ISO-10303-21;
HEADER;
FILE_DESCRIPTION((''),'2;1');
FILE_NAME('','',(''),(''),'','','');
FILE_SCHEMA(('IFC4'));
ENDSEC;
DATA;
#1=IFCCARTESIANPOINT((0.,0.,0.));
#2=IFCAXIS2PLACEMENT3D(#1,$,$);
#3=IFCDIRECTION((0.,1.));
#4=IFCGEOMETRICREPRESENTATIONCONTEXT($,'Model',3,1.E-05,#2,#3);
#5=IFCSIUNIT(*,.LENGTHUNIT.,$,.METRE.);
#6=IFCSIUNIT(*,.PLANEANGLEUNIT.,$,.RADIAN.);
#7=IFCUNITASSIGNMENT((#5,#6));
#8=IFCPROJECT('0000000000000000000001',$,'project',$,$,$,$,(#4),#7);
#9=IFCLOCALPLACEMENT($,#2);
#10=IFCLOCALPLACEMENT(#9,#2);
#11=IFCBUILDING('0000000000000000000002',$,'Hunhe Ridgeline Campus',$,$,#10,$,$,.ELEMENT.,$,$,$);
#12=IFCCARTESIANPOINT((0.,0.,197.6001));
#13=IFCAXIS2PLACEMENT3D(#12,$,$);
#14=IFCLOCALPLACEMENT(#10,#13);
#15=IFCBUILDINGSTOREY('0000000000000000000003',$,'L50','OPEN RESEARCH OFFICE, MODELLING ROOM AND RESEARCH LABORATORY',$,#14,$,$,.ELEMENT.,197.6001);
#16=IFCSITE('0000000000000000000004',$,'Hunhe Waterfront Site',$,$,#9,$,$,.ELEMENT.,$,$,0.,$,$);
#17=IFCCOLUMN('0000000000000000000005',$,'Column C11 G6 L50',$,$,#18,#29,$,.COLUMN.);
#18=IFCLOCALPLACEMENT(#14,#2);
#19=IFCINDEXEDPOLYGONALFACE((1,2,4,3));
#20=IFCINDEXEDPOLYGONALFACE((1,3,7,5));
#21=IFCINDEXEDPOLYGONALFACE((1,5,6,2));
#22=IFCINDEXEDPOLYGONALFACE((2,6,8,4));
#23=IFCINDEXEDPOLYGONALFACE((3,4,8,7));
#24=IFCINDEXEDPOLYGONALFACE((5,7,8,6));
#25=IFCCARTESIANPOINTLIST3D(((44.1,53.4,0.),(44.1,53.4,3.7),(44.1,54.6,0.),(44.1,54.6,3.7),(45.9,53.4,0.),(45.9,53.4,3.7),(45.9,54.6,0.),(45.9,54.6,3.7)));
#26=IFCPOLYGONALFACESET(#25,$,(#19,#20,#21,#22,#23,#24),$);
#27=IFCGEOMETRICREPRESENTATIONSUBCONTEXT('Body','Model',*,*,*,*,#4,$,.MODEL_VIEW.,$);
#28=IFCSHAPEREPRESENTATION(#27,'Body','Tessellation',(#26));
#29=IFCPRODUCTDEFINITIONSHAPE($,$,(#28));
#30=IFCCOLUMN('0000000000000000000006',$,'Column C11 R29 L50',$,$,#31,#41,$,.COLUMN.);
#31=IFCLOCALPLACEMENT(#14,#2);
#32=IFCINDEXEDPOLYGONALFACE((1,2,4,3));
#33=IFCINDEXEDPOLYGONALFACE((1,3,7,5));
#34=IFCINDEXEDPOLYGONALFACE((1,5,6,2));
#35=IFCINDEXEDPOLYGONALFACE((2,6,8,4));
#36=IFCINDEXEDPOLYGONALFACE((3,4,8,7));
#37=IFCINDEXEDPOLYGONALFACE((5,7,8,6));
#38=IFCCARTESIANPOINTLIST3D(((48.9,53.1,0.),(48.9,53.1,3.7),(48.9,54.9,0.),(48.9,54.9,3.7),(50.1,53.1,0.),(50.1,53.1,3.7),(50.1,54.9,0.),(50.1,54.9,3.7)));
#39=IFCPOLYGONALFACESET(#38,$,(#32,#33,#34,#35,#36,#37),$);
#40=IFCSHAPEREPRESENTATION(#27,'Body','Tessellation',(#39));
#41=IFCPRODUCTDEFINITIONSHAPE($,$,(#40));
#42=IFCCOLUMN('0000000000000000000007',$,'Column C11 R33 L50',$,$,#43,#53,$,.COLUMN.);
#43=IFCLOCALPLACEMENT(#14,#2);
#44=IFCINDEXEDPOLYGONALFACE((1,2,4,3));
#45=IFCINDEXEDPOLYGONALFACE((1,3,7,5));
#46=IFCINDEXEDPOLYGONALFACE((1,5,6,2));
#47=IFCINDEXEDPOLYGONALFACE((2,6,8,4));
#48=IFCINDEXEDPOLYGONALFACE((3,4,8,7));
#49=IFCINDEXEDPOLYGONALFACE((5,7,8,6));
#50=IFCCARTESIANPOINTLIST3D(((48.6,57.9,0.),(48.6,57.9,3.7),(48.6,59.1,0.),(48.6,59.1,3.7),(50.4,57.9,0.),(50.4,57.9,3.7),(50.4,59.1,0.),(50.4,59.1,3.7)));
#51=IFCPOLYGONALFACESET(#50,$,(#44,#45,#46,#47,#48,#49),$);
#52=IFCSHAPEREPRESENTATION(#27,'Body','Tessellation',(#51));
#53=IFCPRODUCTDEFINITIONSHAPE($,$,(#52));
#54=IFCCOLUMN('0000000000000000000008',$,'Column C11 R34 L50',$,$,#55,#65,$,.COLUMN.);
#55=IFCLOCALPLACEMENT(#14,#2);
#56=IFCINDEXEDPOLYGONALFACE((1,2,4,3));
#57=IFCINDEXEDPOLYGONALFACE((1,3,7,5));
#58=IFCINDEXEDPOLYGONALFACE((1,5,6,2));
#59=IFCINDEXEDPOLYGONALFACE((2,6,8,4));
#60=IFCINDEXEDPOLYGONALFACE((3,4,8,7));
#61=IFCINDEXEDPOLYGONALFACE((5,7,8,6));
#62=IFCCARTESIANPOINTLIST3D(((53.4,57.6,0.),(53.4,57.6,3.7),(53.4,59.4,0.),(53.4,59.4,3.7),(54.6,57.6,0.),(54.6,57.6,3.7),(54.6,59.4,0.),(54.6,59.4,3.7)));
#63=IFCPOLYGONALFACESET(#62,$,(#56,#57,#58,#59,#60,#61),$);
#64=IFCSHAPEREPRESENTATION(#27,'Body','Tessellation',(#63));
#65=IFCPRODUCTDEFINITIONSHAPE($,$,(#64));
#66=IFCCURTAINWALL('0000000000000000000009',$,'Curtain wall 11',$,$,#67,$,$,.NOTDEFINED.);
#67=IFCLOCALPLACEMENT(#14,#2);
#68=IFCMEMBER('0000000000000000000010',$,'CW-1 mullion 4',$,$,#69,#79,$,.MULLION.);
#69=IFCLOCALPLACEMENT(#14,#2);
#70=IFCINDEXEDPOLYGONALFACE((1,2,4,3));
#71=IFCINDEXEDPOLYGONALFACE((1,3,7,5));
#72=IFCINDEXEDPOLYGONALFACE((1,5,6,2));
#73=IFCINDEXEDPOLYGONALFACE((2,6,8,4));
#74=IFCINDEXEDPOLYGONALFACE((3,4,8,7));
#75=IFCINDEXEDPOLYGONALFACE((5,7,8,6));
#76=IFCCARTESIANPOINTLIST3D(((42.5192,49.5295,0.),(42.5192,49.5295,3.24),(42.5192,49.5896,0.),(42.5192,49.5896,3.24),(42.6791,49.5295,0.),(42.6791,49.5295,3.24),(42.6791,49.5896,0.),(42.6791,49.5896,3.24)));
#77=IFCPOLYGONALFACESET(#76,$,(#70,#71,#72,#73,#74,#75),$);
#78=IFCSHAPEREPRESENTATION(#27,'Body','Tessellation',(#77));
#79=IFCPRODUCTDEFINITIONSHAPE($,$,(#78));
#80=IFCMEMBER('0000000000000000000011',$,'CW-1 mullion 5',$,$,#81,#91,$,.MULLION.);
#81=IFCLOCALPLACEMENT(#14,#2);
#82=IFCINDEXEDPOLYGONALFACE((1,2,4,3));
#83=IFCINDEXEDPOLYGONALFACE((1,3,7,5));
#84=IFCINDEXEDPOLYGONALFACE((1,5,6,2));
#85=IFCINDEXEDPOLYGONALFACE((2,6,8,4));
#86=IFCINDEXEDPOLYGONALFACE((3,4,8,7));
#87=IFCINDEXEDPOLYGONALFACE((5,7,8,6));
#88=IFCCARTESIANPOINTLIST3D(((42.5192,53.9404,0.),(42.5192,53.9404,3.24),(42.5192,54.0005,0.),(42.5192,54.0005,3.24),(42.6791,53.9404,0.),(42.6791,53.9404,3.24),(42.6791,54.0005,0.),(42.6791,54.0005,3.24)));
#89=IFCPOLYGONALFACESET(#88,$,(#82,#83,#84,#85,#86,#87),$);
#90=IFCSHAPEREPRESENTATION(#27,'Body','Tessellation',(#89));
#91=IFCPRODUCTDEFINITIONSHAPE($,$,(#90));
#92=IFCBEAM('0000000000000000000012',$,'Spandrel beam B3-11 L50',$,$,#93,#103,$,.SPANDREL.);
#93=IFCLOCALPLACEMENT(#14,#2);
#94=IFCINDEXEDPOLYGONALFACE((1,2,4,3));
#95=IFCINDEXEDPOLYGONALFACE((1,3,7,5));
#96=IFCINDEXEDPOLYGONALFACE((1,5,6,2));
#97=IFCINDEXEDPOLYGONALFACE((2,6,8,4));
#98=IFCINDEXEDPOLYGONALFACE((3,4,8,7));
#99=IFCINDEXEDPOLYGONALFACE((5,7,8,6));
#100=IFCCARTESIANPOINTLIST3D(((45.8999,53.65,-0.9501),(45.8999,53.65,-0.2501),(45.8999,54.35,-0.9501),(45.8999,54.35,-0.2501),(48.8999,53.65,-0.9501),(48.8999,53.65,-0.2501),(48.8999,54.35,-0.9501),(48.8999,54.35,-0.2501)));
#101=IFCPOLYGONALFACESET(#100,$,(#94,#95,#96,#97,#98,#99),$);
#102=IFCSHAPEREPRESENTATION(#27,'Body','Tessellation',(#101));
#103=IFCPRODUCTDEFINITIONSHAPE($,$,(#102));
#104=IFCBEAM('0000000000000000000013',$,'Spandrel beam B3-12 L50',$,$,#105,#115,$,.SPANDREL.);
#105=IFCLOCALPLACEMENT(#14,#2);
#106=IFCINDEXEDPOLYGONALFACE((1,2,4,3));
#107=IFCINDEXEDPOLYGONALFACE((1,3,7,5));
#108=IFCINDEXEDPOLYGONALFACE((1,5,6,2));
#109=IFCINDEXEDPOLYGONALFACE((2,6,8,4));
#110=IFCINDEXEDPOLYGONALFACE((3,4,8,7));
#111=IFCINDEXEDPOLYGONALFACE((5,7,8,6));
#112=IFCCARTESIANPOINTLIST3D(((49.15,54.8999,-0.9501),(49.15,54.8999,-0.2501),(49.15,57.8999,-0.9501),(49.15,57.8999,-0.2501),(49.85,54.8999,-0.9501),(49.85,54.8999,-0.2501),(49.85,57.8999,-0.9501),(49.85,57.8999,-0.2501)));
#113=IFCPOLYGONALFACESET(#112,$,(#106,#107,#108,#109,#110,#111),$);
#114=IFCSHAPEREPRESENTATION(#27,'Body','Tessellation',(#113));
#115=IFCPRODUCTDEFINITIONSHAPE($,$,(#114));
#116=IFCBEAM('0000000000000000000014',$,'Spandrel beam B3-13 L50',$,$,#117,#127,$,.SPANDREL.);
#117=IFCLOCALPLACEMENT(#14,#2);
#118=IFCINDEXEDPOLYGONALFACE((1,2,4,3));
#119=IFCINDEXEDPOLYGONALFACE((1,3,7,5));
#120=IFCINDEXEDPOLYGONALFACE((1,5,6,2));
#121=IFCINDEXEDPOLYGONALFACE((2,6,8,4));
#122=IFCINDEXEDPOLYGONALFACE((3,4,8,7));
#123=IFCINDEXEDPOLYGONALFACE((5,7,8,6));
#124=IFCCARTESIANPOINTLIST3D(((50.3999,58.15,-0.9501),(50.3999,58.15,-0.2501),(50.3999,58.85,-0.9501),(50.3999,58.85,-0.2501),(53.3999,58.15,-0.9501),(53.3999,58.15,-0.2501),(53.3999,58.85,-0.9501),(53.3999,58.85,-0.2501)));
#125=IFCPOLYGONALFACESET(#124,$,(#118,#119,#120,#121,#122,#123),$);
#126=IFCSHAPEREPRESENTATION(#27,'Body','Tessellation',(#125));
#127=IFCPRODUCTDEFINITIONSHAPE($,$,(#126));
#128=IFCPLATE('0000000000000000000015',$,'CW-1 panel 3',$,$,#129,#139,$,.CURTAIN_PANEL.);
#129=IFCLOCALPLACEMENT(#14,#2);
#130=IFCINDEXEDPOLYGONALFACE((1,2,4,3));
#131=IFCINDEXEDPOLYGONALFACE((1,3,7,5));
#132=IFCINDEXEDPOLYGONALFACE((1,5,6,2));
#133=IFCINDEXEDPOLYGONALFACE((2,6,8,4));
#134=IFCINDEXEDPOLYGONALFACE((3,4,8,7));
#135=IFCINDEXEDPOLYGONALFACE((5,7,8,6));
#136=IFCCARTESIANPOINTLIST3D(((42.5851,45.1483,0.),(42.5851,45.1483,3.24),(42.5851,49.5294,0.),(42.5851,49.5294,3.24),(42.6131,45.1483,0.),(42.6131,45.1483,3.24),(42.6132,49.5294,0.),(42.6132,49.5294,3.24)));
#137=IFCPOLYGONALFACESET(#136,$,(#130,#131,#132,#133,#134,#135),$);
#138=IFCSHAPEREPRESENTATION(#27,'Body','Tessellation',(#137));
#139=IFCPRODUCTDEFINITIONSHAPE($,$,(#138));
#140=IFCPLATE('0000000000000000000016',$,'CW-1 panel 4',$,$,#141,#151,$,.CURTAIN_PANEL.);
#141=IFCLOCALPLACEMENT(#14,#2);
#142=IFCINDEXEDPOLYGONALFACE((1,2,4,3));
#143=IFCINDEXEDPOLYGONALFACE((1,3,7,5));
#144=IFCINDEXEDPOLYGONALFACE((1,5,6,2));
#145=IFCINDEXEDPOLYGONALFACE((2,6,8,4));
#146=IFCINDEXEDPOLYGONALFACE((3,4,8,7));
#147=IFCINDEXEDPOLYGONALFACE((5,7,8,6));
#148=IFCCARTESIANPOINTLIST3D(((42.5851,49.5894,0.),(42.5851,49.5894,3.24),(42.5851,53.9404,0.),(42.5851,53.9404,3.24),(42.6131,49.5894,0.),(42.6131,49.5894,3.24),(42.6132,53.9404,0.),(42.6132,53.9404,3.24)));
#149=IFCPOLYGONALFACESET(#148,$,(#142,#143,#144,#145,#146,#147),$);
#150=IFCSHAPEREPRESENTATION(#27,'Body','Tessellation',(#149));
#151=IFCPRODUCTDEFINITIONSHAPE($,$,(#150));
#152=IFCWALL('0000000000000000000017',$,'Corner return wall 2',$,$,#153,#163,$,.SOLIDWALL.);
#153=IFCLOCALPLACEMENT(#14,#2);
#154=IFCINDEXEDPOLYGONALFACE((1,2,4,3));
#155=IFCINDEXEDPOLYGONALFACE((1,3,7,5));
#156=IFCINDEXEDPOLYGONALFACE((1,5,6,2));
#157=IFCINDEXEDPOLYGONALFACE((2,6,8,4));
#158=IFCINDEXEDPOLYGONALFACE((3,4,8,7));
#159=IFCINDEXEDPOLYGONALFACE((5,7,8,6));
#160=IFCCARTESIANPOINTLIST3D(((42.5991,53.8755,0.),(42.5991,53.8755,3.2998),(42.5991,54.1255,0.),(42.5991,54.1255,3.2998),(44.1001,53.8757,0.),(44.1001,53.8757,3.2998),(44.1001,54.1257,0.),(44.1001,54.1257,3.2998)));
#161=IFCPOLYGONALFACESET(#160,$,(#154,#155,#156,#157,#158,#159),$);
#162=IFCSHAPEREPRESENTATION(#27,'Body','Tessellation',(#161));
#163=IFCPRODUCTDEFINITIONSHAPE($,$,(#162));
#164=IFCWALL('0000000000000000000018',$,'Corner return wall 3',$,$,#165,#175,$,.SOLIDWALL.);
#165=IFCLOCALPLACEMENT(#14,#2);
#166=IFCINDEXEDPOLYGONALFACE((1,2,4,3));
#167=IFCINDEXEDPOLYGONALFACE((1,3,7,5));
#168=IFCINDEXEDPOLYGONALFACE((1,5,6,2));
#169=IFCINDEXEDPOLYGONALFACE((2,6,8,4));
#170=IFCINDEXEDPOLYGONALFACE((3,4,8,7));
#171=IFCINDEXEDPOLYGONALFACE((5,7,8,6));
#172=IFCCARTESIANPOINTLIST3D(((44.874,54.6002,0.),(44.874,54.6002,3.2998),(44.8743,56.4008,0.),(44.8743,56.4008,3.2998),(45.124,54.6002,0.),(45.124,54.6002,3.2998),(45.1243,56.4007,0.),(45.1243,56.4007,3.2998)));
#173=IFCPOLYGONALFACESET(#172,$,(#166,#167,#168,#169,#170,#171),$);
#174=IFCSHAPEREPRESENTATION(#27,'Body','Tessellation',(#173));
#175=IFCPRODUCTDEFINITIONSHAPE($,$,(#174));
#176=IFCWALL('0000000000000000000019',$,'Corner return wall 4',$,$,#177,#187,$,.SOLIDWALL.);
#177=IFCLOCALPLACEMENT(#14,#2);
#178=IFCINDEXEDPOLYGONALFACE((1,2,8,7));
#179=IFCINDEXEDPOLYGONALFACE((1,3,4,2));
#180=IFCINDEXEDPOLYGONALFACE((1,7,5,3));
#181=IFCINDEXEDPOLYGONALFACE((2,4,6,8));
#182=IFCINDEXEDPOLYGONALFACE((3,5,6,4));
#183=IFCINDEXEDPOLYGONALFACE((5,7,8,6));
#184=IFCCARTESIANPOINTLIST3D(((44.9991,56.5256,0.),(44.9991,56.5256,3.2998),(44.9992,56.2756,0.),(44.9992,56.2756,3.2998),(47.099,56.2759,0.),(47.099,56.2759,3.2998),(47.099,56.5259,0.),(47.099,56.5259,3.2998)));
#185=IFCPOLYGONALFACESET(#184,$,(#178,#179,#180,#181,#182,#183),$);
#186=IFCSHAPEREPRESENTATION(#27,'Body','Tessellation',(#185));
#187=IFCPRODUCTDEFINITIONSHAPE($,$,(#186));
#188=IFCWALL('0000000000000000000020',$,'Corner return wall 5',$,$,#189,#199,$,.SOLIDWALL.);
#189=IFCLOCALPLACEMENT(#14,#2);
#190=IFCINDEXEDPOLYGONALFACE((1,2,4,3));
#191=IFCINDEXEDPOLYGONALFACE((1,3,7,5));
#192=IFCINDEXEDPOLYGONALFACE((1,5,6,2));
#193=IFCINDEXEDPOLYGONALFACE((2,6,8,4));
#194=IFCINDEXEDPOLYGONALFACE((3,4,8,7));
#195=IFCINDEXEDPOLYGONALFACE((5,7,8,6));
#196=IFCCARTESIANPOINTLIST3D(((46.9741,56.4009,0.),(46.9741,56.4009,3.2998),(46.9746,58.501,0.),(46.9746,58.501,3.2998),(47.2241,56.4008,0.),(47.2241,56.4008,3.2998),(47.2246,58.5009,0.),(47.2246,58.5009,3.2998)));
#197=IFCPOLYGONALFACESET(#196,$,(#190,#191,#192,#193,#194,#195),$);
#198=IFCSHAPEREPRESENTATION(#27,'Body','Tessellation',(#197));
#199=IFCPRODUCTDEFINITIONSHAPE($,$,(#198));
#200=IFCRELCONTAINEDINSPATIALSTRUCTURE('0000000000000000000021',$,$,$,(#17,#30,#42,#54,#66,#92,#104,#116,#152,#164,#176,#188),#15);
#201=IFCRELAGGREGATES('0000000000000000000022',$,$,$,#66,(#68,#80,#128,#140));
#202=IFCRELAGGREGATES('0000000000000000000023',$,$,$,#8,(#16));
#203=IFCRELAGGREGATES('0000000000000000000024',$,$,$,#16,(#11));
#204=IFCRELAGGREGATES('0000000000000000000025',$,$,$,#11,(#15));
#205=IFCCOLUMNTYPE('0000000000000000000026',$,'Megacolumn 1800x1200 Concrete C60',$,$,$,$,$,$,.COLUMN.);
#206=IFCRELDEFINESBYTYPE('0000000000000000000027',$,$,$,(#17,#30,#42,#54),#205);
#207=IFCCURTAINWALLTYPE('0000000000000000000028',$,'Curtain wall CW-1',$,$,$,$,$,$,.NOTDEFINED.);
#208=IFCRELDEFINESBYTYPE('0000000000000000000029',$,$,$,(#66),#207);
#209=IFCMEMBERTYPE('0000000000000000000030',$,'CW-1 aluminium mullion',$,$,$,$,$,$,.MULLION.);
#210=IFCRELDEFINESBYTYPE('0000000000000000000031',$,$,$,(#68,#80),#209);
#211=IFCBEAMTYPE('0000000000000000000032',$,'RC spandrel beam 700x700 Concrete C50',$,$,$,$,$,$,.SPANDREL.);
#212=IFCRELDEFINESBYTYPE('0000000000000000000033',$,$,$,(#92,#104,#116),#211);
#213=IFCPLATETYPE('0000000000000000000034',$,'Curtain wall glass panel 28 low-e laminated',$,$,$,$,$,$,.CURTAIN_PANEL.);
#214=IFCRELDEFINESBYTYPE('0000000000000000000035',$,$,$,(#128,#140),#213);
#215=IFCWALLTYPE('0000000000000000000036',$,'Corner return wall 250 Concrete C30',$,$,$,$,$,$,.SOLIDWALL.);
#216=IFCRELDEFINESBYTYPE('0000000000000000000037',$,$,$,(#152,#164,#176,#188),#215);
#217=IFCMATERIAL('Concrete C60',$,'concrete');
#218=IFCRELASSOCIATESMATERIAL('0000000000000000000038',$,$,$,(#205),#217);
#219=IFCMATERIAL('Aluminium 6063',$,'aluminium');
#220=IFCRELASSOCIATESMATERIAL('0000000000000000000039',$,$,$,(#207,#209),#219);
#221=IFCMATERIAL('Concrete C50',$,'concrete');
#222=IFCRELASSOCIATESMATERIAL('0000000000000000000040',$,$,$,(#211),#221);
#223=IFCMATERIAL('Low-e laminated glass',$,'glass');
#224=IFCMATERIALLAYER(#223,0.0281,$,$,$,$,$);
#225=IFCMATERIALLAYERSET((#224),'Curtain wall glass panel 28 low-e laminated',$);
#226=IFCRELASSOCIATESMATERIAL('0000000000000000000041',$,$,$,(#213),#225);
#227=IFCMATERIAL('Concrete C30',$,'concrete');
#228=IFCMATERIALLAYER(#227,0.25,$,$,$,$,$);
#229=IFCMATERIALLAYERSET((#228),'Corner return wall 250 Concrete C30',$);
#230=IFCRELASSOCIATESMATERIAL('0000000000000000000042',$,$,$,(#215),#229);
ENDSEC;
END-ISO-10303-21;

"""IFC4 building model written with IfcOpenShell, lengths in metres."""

from ifc_helpers import new_model, si_unit, direction, frame, frame_2d, origin, origin_2d, place, context, subcontext, project, spatial, rectangle, extrude, material, layer, layer_set, material_profile, profile_set, type_object, element, aggregate, save


model = new_model("IFC4")

# Units and contexts
model_context = context("Model", 3, precision=1e-05, world=origin(), true_north=direction((0.0, 1.0)))
body_context = subcontext(model_context, "Body", "Model", "MODEL_VIEW")
ifc_project = project(units=[si_unit("LENGTHUNIT", "METRE"), si_unit("PLANEANGLEUNIT", "RADIAN")], contexts=[model_context])

# Site, building, storey
site_placement = place(None, origin())
site = spatial("IfcSite", under=ifc_project, at=site_placement, Name="Hunhe Waterfront Site", CompositionType="ELEMENT", RefElevation=0.0)
building_placement = place(site_placement, origin())
building = spatial("IfcBuilding", under=site, at=building_placement, Name="Hunhe Ridgeline Campus", CompositionType="ELEMENT")
storey_placement = place(building_placement, frame((0.0, 0.0, 197.6001)))
storey = spatial("IfcBuildingStorey", under=building, at=storey_placement, Name="L50", Description="OPEN RESEARCH OFFICE, MODELLING ROOM AND RESEARCH LABORATORY", CompositionType="ELEMENT", Elevation=197.6001)

# Columns
ifc_material_1 = material(Name="Concrete C60", Category="concrete")
ifc_material_profile_1 = material_profile(ifc_material_1, rectangle(XDim=1.8, YDim=1.2, at=origin_2d()))
ifc_profile_set_1 = profile_set([ifc_material_profile_1], Name="Concrete C60")
column_type = type_object("IfcColumnType", Name="Megacolumn 1800x1200 Concrete C60", PredefinedType="COLUMN", material=ifc_profile_set_1)
for number, where, z_axis, x_axis, name in (
    (1, (45.0, 54.0, 0.0), (0.0, 0.0, 1.0), (1.0, 0.0, 0.0), "Column C11 G6 L50"),
    (2, (49.5, 54.0, 0.0), (0.0, 0.0, 1.0), (0.0, 1.0, 0.0), "Column C11 R29 L50"),
    (3, (49.5, 58.5, 0.0), (0.0, 0.0, 1.0), (1.0, 0.0, 0.0), "Column C11 R33 L50"),
    (4, (54.0, 58.5, 0.0), (0.0, 0.0, 1.0), (0.0, 1.0, 0.0), "Column C11 R34 L50"),
):
    element("IfcColumn", number, at=place(storey_placement, frame(where, z_axis=z_axis, x_axis=x_axis)), inside=storey, type_object=column_type, Name=name, PredefinedType="COLUMN", context=body_context, shape_type="SweptSolid", body=[
        extrude(rectangle(XDim=1.8, YDim=1.2, at=origin_2d()), origin(), (0.0, 0.0, 1.0), 3.7),
    ])

# Curtain wall, members
ifc_material_2 = material(Name="Aluminium 6063", Category="aluminium")
curtain_wall_type = type_object("IfcCurtainWallType", Name="Curtain wall CW-1", PredefinedType="NOTDEFINED", material=ifc_material_2)
curtain_wall_placement = place(storey_placement, origin())
curtain_wall = element("IfcCurtainWall", 5, at=curtain_wall_placement, inside=storey, type_object=curtain_wall_type, Name="Curtain wall 11", PredefinedType="NOTDEFINED")
ifc_material_profile_2 = material_profile(ifc_material_2, rectangle(XDim=0.1599, YDim=0.0601, at=origin_2d()))
ifc_profile_set_2 = profile_set([ifc_material_profile_2], Name="Aluminium 6063")
member_type = type_object("IfcMemberType", Name="CW-1 aluminium mullion", PredefinedType="MULLION", material=ifc_profile_set_2)
member_1_placement = place(storey_placement, frame((42.5991, 49.5596, 0.0), z_axis=(0.0, 0.0, 1.0), x_axis=(-1.0, 0.000007, 0.0)))
member_1 = element("IfcMember", 6, at=member_1_placement, type_object=member_type, Name="CW-1 mullion 4", PredefinedType="MULLION", context=body_context, shape_type="SweptSolid", body=[
    extrude(rectangle(XDim=0.1599, YDim=0.0601, at=origin_2d()), origin(), (0.0, 0.0, 1.0), 3.24),
])
member_2_placement = place(storey_placement, frame((42.5991, 53.9705, 0.0), z_axis=(0.0, 0.0, 1.0), x_axis=(-1.0, 0.000007, 0.0)))
member_2 = element("IfcMember", 7, at=member_2_placement, type_object=member_type, Name="CW-1 mullion 5", PredefinedType="MULLION", context=body_context, shape_type="SweptSolid", body=[
    extrude(rectangle(XDim=0.1599, YDim=0.0601, at=origin_2d()), origin(), (0.0, 0.0, 1.0), 3.24),
])

# Beams
ifc_material_3 = material(Name="Concrete C50", Category="concrete")
ifc_material_profile_3 = material_profile(ifc_material_3, rectangle(XDim=0.7, YDim=0.7, at=origin_2d()))
ifc_profile_set_3 = profile_set([ifc_material_profile_3], Name="Concrete C50")
beam_type = type_object("IfcBeamType", Name="RC spandrel beam 700x700 Concrete C50", PredefinedType="SPANDREL", material=ifc_profile_set_3)
for number, where, z_axis, x_axis, name in (
    (8, (45.8999, 54.0, -0.6001), (1.0, 0.0, 0.0), (0.0, 1.0, 0.0), "Spandrel beam B3-11 L50"),
    (9, (49.5, 54.8999, -0.6001), (0.0, 1.0, 0.0), (-1.0, 0.0, 0.0), "Spandrel beam B3-12 L50"),
    (10, (50.3999, 58.5, -0.6001), (1.0, 0.0, 0.0), (0.0, 1.0, 0.0), "Spandrel beam B3-13 L50"),
):
    element("IfcBeam", number, at=place(storey_placement, frame(where, z_axis=z_axis, x_axis=x_axis)), inside=storey, type_object=beam_type, Name=name, PredefinedType="SPANDREL", context=body_context, shape_type="SweptSolid", body=[
        extrude(rectangle(XDim=0.7, YDim=0.7, at=origin_2d()), origin(), (0.0, 0.0, 1.0), 3.0),
    ])

# Plates
ifc_material_4 = material(Name="Low-e laminated glass", Category="glass")
ifc_layer_1 = layer(ifc_material_4, 0.0281)
ifc_layer_set_1 = layer_set([ifc_layer_1], Name="Curtain wall glass panel 28 low-e laminated")
plate_type = type_object("IfcPlateType", Name="Curtain wall glass panel 28 low-e laminated", PredefinedType="CURTAIN_PANEL", material=ifc_layer_set_1)
plate_1_placement = place(storey_placement, frame((42.5991, 47.3389, 0.0), z_axis=(0.0, 0.0, 1.0), x_axis=(0.000007, 1.0, 0.0)))
plate_1 = element("IfcPlate", 11, at=plate_1_placement, type_object=plate_type, Name="CW-1 panel 3", PredefinedType="CURTAIN_PANEL", context=body_context, shape_type="SweptSolid", body=[
    extrude(rectangle(XDim=4.3811, YDim=0.0281, at=origin_2d()), origin(), (0.0, 0.0, 1.0), 3.24),
])
plate_2_placement = place(storey_placement, frame((42.5991, 51.7649, 0.0), z_axis=(0.0, 0.0, 1.0), x_axis=(0.000007, 1.0, 0.0)))
plate_2 = element("IfcPlate", 12, at=plate_2_placement, type_object=plate_type, Name="CW-1 panel 4", PredefinedType="CURTAIN_PANEL", context=body_context, shape_type="SweptSolid", body=[
    extrude(rectangle(XDim=4.3511, YDim=0.0281, at=origin_2d()), origin(), (0.0, 0.0, 1.0), 3.24),
])
aggregate(curtain_wall, [member_1, member_2, plate_1, plate_2])

# Walls
ifc_material_5 = material(Name="Concrete C30", Category="concrete")
ifc_layer_2 = layer(ifc_material_5, 0.25)
ifc_layer_set_2 = layer_set([ifc_layer_2], Name="Corner return wall 250 Concrete C30")
wall_type_1 = type_object("IfcWallType", Name="Corner return wall 250 Concrete C30", PredefinedType="SOLIDWALL", material=ifc_layer_set_2)
wall_1_placement = place(storey_placement, frame((42.5991, 54.0005, 0.0), z_axis=(0.0, 0.0, 1.0), x_axis=(1.0, 0.000163, 0.0)))
element("IfcWall", 13, at=wall_1_placement, inside=storey, type_object=wall_type_1, Name="Corner return wall 2", PredefinedType="SOLIDWALL", context=body_context, shape_type="SweptSolid", body=[
    extrude(rectangle(XDim=1.501, YDim=0.25, at=frame_2d((0.7505, 0.0))), origin(), (0.0, 0.0, 1.0), 3.2998),
])
wall_2_placement = place(storey_placement, frame((44.999, 54.6001, 0.0), z_axis=(0.0, 0.0, 1.0), x_axis=(0.000136, 1.0, 0.0)))
element("IfcWall", 14, at=wall_2_placement, inside=storey, type_object=wall_type_1, Name="Corner return wall 3", PredefinedType="SOLIDWALL", context=body_context, shape_type="SweptSolid", body=[
    extrude(rectangle(XDim=1.8005, YDim=0.25, at=frame_2d((0.9004, 0.0))), origin(), (0.0, 0.0, 1.0), 3.2998),
])
wall_3_placement = place(storey_placement, frame((44.9993, 56.4006, 0.0), z_axis=(0.0, 0.0, 1.0), x_axis=(1.0, 0.000116, 0.0)))
element("IfcWall", 15, at=wall_3_placement, inside=storey, type_object=wall_type_1, Name="Corner return wall 4", PredefinedType="SOLIDWALL", context=body_context, shape_type="SweptSolid", body=[
    extrude(rectangle(XDim=2.0999, YDim=0.25, at=frame_2d((1.0498, 0.0))), origin(), (0.0, 0.0, 1.0), 3.2998),
])
wall_4_placement = place(storey_placement, frame((47.0991, 56.4009, 0.0), z_axis=(0.0, 0.0, 1.0), x_axis=(0.000233, 1.0, 0.0)))
element("IfcWall", 16, at=wall_4_placement, inside=storey, type_object=wall_type_1, Name="Corner return wall 5", PredefinedType="SOLIDWALL", context=body_context, shape_type="SweptSolid", body=[
    extrude(rectangle(XDim=2.1001, YDim=0.25, at=frame_2d((1.05, 0.0))), origin(), (0.0, 0.0, 1.0), 3.2998),
])

save(model, "model.ifc")
